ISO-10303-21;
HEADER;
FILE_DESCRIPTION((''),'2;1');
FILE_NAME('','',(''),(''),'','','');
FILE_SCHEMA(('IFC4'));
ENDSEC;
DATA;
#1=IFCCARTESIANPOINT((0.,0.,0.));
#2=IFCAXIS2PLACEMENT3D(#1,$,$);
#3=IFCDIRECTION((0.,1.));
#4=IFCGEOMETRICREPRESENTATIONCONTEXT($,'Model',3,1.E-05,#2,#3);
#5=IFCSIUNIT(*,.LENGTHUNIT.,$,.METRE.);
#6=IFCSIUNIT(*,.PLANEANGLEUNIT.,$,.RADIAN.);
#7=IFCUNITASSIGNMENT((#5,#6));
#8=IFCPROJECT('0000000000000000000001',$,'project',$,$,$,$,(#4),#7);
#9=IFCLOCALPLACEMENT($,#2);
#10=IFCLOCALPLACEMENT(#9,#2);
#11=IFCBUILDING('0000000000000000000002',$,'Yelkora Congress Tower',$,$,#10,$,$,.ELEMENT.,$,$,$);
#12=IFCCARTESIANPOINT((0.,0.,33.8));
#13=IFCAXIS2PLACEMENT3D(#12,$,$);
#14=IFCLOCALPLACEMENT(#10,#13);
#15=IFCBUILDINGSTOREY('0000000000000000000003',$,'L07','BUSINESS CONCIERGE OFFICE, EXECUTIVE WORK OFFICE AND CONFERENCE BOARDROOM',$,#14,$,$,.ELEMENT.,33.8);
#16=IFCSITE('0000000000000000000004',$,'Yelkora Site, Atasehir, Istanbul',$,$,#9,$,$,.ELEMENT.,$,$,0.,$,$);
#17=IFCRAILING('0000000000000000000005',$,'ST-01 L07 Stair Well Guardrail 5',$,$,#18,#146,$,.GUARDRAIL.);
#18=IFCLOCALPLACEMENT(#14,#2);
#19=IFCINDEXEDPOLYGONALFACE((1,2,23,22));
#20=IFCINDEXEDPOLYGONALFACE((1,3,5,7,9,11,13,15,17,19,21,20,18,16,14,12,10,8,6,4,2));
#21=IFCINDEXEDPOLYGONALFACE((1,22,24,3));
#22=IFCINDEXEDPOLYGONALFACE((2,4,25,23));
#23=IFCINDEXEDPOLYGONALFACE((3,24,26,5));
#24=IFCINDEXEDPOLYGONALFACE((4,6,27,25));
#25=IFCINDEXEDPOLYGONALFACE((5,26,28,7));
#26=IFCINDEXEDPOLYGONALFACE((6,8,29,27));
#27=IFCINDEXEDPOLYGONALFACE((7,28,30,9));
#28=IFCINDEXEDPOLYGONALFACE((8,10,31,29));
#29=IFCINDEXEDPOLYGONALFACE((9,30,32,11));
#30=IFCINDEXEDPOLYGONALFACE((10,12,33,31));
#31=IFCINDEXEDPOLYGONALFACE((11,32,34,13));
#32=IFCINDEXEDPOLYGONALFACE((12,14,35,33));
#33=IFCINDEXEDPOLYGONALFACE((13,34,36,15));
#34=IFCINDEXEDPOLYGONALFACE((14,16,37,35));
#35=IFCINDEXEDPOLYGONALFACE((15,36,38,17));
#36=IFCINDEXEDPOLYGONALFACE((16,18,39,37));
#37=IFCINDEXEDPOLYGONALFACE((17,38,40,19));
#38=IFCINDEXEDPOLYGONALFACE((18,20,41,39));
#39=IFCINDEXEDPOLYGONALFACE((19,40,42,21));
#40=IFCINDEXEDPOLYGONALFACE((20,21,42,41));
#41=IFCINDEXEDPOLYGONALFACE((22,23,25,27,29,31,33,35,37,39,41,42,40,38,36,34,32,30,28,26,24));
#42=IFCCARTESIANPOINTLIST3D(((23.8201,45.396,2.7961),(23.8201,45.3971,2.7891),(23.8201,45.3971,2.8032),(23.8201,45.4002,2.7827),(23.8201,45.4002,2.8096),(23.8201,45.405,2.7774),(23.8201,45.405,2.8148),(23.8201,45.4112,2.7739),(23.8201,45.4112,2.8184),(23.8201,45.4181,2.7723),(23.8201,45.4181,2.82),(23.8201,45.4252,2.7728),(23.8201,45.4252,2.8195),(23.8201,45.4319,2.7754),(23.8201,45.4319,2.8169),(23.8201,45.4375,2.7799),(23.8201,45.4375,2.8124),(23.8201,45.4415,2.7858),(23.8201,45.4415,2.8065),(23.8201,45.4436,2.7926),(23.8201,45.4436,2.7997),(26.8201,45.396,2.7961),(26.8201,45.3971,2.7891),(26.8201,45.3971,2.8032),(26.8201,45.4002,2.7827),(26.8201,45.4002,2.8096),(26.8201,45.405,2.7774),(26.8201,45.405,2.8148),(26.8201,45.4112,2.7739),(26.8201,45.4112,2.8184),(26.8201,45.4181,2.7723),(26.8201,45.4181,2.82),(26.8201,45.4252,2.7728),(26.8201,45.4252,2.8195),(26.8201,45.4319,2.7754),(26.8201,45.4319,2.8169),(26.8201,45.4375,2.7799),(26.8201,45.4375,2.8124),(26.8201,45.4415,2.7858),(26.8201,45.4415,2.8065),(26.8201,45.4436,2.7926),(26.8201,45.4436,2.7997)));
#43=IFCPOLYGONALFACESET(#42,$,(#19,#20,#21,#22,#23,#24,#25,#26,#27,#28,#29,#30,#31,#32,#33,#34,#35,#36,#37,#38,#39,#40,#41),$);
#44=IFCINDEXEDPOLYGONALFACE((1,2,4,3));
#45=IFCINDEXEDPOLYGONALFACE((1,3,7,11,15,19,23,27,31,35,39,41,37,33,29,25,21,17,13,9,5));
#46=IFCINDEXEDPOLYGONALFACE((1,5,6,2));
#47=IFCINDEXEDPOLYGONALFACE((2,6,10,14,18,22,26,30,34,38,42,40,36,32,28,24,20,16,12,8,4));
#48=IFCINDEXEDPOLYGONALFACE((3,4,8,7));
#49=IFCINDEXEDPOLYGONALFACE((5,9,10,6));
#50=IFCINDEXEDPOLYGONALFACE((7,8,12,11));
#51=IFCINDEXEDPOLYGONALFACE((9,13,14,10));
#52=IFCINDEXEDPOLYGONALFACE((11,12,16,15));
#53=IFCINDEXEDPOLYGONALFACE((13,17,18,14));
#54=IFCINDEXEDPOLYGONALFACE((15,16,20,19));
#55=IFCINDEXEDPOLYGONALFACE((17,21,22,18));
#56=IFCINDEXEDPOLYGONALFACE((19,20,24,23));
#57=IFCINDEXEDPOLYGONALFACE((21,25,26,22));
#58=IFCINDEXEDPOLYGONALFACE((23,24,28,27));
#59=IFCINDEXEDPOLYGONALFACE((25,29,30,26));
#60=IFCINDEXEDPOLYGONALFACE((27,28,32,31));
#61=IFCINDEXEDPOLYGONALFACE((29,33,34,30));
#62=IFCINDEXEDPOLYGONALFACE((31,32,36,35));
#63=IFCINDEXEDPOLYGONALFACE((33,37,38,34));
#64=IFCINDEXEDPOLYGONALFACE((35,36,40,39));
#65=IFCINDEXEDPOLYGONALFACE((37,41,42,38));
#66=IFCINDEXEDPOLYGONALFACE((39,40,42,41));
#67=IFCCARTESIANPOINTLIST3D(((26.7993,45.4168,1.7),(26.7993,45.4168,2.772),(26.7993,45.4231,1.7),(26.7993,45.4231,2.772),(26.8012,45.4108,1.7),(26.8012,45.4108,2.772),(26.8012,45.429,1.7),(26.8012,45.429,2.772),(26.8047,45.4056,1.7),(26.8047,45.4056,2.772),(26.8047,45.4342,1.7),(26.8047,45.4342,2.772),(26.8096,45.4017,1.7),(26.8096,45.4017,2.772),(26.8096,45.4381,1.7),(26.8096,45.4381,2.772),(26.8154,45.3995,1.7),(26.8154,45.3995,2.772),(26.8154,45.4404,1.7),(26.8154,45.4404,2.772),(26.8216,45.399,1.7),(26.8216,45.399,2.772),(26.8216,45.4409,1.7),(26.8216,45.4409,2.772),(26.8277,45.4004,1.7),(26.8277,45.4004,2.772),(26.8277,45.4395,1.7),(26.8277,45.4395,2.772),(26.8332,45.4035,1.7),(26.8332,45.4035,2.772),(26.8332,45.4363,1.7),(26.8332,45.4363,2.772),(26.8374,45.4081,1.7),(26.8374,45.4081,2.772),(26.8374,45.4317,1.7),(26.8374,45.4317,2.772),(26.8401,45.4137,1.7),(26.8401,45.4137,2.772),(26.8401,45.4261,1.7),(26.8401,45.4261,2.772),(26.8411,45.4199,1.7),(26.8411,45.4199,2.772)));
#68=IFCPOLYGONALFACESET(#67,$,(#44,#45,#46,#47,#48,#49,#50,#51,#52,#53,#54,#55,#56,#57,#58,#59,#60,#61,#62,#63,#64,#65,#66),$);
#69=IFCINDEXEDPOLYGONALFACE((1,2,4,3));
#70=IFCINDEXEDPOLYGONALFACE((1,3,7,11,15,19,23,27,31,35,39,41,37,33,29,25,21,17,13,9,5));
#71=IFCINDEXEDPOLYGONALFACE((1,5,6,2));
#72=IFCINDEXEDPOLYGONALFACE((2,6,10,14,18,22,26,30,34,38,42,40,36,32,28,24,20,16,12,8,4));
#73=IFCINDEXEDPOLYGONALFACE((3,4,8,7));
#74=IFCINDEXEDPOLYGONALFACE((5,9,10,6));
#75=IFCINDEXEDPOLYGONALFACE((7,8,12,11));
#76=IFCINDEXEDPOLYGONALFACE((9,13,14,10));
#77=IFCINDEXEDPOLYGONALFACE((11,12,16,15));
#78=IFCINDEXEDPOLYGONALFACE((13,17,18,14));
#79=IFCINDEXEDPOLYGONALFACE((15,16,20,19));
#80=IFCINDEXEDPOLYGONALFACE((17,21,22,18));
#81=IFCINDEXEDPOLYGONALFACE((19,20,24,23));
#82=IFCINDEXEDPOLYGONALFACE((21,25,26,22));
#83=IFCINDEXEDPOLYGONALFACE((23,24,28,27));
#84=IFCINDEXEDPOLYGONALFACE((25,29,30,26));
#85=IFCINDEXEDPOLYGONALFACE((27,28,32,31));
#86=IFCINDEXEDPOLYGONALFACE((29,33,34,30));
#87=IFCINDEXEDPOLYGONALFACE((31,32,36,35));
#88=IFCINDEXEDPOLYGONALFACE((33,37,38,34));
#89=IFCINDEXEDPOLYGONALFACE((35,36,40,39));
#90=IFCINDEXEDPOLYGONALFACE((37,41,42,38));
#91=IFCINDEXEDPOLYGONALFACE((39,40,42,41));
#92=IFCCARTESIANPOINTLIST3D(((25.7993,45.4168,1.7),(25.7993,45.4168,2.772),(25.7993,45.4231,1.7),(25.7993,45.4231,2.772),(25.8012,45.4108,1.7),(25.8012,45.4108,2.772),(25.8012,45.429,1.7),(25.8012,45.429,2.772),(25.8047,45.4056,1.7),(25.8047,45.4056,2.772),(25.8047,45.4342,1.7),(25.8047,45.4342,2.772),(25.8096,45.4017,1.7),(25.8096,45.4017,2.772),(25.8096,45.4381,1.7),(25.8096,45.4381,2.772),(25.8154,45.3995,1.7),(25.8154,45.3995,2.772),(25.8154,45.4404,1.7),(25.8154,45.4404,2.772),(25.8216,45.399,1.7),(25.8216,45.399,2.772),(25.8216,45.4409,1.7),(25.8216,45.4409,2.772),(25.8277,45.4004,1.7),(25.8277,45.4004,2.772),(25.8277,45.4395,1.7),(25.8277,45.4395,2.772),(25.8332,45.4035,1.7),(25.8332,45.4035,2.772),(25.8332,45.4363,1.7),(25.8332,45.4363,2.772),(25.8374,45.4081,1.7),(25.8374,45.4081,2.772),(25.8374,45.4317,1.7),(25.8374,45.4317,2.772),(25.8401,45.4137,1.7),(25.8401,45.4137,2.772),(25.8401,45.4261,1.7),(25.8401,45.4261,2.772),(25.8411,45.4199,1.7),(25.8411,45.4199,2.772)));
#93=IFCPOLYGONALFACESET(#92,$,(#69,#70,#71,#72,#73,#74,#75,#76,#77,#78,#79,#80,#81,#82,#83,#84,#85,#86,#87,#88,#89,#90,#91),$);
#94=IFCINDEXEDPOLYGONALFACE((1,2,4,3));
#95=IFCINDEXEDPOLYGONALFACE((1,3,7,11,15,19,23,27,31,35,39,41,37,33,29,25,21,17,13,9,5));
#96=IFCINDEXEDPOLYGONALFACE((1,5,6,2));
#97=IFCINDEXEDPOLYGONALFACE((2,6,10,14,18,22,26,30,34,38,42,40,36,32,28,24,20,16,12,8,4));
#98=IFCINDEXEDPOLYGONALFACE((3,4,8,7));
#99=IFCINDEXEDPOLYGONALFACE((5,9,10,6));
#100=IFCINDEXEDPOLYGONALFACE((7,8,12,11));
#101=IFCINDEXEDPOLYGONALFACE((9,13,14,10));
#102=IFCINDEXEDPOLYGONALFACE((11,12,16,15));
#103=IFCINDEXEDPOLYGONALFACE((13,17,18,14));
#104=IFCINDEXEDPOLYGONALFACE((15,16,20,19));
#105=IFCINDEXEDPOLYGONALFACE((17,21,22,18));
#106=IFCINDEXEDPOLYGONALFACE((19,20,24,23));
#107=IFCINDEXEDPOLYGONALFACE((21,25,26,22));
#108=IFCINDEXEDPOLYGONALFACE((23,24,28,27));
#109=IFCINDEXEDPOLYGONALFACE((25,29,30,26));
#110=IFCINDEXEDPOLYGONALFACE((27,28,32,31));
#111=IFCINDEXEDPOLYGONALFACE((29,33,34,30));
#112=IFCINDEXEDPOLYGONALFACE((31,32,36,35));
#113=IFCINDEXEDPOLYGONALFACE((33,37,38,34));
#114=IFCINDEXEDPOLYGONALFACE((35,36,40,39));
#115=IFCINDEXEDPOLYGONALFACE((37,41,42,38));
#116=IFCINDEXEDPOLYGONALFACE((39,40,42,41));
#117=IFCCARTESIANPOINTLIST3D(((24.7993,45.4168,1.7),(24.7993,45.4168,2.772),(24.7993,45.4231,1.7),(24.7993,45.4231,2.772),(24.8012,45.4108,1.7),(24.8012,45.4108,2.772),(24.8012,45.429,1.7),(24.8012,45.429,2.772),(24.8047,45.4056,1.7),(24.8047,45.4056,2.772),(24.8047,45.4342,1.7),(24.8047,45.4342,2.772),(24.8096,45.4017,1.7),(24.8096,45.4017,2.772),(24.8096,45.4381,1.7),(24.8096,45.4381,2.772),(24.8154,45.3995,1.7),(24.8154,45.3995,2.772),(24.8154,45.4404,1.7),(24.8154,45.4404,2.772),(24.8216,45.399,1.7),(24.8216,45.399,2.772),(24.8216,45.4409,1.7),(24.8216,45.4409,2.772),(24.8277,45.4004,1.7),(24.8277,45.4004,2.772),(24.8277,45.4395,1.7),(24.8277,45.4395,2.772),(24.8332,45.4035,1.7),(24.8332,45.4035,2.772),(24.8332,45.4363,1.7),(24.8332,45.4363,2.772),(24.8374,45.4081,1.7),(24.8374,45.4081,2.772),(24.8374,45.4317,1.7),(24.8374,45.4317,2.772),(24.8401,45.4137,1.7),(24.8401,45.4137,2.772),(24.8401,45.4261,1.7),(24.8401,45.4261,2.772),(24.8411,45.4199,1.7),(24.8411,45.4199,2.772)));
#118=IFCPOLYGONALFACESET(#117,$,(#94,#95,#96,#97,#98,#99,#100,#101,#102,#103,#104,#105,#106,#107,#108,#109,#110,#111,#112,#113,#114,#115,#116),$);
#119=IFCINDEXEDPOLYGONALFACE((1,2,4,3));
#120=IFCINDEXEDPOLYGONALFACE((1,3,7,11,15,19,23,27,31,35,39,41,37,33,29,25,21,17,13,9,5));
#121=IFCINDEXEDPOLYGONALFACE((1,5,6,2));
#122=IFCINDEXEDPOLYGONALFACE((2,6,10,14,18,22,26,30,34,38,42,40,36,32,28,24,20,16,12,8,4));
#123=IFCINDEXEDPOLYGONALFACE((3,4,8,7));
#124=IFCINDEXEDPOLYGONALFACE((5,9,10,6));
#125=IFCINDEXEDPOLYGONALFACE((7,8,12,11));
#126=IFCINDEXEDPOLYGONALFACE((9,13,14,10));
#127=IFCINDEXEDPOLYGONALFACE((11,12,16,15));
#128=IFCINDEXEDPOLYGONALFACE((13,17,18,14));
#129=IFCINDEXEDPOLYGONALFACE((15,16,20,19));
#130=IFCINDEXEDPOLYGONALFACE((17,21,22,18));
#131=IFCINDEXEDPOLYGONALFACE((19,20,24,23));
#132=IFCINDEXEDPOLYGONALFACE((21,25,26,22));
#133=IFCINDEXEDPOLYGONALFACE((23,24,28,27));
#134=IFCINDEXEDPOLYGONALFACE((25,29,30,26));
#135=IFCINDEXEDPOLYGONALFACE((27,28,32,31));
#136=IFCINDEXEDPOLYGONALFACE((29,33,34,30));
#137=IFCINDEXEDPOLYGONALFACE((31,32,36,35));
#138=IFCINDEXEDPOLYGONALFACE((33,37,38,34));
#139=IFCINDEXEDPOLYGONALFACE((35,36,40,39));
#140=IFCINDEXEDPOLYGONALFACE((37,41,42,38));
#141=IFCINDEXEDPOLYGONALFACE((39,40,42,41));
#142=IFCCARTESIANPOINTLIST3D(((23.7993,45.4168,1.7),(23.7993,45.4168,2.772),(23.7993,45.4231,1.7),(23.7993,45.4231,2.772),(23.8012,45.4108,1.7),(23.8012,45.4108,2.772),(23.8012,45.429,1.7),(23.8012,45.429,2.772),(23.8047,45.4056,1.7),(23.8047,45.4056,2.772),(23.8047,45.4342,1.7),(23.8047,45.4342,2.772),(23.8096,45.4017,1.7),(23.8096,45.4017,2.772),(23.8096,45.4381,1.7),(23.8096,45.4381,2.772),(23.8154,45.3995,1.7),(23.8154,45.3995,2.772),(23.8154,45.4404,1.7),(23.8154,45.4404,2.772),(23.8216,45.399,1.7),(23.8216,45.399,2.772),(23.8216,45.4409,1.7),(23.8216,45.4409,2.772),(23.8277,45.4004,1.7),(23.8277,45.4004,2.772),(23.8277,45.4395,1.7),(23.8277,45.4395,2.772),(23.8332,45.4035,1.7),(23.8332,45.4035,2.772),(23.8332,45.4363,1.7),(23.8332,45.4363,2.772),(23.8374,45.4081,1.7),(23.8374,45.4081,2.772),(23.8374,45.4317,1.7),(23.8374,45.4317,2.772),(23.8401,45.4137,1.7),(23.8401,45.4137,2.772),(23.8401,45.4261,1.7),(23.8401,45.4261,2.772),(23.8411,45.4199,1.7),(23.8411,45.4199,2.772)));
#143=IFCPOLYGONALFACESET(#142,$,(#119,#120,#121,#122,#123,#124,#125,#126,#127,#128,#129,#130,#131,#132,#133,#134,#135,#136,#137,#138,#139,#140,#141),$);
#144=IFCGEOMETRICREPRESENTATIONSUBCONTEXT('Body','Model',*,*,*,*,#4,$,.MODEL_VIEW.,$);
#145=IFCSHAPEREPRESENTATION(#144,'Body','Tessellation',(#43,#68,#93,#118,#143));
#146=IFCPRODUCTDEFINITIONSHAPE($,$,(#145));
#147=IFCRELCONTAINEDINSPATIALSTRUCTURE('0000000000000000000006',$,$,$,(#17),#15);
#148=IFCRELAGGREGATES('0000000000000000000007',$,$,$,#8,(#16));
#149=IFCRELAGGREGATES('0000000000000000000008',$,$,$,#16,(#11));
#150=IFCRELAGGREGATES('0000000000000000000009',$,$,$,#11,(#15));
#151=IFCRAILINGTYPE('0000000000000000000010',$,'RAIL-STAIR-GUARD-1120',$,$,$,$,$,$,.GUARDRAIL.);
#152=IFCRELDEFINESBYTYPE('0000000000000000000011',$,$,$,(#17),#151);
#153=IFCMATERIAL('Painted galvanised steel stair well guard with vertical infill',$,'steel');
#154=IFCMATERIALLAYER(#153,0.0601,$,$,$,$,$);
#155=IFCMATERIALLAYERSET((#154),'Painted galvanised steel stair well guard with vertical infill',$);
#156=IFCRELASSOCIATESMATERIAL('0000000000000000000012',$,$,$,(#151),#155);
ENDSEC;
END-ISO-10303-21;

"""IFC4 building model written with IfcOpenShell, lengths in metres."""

from ifc_helpers import new_model, si_unit, direction, frame, origin, origin_2d, place, context, subcontext, project, spatial, circle, extrude, material, layer, layer_set, type_object, element, save


model = new_model("IFC4")

# Units and contexts
model_context = context("Model", 3, precision=1e-05, world=origin(), true_north=direction((0.0, 1.0)))
body_context = subcontext(model_context, "Body", "Model", "MODEL_VIEW")
ifc_project = project(units=[si_unit("LENGTHUNIT", "METRE"), si_unit("PLANEANGLEUNIT", "RADIAN")], contexts=[model_context])

# Site, building, storey
site_placement = place(None, origin())
site = spatial("IfcSite", under=ifc_project, at=site_placement, Name="Yelkora Site, Atasehir, Istanbul", CompositionType="ELEMENT", RefElevation=0.0)
building_placement = place(site_placement, origin())
building = spatial("IfcBuilding", under=site, at=building_placement, Name="Yelkora Congress Tower", CompositionType="ELEMENT")
storey_placement = place(building_placement, frame((0.0, 0.0, 33.8)))
storey = spatial("IfcBuildingStorey", under=building, at=storey_placement, Name="L07", Description="BUSINESS CONCIERGE OFFICE, EXECUTIVE WORK OFFICE AND CONFERENCE BOARDROOM", CompositionType="ELEMENT", Elevation=33.8)

# Railing
ifc_material_1 = material(Name="Painted galvanised steel stair well guard with vertical infill", Category="steel")
ifc_layer_1 = layer(ifc_material_1, 0.0601)
ifc_layer_set_1 = layer_set([ifc_layer_1], Name="Painted galvanised steel stair well guard with vertical infill")
railing_type_1 = type_object("IfcRailingType", Name="RAIL-STAIR-GUARD-1120", PredefinedType="GUARDRAIL", material=ifc_layer_set_1)
railing_1_placement = place(storey_placement, frame((26.8201, 45.4199, 1.7)))
element("IfcRailing", 1, at=railing_1_placement, inside=storey, type_object=railing_type_1, Name="ST-01 L07 Stair Well Guardrail 5", PredefinedType="GUARDRAIL", context=body_context, shape_type="SweptSolid", body=[
    extrude(circle(Radius=0.0239, at=origin_2d()), frame((0.0, 0.0, 1.0962), z_axis=(-1.0, 0.0, 0.0), x_axis=(0.0, -1.0, 0.0)), (0.0, 0.0, 1.0), 3.0),
    extrude(circle(Radius=0.021, at=origin_2d()), origin(), (0.0, 0.0, 1.0), 1.072),
    extrude(circle(Radius=0.021, at=origin_2d()), frame((-1.0, 0.0, 0.0)), (0.0, 0.0, 1.0), 1.072),
    extrude(circle(Radius=0.021, at=origin_2d()), frame((-2.0, 0.0, 0.0)), (0.0, 0.0, 1.0), 1.072),
    extrude(circle(Radius=0.021, at=origin_2d()), frame((-3.0, 0.0, 0.0)), (0.0, 0.0, 1.0), 1.072),
])

save(model, "model.ifc")
